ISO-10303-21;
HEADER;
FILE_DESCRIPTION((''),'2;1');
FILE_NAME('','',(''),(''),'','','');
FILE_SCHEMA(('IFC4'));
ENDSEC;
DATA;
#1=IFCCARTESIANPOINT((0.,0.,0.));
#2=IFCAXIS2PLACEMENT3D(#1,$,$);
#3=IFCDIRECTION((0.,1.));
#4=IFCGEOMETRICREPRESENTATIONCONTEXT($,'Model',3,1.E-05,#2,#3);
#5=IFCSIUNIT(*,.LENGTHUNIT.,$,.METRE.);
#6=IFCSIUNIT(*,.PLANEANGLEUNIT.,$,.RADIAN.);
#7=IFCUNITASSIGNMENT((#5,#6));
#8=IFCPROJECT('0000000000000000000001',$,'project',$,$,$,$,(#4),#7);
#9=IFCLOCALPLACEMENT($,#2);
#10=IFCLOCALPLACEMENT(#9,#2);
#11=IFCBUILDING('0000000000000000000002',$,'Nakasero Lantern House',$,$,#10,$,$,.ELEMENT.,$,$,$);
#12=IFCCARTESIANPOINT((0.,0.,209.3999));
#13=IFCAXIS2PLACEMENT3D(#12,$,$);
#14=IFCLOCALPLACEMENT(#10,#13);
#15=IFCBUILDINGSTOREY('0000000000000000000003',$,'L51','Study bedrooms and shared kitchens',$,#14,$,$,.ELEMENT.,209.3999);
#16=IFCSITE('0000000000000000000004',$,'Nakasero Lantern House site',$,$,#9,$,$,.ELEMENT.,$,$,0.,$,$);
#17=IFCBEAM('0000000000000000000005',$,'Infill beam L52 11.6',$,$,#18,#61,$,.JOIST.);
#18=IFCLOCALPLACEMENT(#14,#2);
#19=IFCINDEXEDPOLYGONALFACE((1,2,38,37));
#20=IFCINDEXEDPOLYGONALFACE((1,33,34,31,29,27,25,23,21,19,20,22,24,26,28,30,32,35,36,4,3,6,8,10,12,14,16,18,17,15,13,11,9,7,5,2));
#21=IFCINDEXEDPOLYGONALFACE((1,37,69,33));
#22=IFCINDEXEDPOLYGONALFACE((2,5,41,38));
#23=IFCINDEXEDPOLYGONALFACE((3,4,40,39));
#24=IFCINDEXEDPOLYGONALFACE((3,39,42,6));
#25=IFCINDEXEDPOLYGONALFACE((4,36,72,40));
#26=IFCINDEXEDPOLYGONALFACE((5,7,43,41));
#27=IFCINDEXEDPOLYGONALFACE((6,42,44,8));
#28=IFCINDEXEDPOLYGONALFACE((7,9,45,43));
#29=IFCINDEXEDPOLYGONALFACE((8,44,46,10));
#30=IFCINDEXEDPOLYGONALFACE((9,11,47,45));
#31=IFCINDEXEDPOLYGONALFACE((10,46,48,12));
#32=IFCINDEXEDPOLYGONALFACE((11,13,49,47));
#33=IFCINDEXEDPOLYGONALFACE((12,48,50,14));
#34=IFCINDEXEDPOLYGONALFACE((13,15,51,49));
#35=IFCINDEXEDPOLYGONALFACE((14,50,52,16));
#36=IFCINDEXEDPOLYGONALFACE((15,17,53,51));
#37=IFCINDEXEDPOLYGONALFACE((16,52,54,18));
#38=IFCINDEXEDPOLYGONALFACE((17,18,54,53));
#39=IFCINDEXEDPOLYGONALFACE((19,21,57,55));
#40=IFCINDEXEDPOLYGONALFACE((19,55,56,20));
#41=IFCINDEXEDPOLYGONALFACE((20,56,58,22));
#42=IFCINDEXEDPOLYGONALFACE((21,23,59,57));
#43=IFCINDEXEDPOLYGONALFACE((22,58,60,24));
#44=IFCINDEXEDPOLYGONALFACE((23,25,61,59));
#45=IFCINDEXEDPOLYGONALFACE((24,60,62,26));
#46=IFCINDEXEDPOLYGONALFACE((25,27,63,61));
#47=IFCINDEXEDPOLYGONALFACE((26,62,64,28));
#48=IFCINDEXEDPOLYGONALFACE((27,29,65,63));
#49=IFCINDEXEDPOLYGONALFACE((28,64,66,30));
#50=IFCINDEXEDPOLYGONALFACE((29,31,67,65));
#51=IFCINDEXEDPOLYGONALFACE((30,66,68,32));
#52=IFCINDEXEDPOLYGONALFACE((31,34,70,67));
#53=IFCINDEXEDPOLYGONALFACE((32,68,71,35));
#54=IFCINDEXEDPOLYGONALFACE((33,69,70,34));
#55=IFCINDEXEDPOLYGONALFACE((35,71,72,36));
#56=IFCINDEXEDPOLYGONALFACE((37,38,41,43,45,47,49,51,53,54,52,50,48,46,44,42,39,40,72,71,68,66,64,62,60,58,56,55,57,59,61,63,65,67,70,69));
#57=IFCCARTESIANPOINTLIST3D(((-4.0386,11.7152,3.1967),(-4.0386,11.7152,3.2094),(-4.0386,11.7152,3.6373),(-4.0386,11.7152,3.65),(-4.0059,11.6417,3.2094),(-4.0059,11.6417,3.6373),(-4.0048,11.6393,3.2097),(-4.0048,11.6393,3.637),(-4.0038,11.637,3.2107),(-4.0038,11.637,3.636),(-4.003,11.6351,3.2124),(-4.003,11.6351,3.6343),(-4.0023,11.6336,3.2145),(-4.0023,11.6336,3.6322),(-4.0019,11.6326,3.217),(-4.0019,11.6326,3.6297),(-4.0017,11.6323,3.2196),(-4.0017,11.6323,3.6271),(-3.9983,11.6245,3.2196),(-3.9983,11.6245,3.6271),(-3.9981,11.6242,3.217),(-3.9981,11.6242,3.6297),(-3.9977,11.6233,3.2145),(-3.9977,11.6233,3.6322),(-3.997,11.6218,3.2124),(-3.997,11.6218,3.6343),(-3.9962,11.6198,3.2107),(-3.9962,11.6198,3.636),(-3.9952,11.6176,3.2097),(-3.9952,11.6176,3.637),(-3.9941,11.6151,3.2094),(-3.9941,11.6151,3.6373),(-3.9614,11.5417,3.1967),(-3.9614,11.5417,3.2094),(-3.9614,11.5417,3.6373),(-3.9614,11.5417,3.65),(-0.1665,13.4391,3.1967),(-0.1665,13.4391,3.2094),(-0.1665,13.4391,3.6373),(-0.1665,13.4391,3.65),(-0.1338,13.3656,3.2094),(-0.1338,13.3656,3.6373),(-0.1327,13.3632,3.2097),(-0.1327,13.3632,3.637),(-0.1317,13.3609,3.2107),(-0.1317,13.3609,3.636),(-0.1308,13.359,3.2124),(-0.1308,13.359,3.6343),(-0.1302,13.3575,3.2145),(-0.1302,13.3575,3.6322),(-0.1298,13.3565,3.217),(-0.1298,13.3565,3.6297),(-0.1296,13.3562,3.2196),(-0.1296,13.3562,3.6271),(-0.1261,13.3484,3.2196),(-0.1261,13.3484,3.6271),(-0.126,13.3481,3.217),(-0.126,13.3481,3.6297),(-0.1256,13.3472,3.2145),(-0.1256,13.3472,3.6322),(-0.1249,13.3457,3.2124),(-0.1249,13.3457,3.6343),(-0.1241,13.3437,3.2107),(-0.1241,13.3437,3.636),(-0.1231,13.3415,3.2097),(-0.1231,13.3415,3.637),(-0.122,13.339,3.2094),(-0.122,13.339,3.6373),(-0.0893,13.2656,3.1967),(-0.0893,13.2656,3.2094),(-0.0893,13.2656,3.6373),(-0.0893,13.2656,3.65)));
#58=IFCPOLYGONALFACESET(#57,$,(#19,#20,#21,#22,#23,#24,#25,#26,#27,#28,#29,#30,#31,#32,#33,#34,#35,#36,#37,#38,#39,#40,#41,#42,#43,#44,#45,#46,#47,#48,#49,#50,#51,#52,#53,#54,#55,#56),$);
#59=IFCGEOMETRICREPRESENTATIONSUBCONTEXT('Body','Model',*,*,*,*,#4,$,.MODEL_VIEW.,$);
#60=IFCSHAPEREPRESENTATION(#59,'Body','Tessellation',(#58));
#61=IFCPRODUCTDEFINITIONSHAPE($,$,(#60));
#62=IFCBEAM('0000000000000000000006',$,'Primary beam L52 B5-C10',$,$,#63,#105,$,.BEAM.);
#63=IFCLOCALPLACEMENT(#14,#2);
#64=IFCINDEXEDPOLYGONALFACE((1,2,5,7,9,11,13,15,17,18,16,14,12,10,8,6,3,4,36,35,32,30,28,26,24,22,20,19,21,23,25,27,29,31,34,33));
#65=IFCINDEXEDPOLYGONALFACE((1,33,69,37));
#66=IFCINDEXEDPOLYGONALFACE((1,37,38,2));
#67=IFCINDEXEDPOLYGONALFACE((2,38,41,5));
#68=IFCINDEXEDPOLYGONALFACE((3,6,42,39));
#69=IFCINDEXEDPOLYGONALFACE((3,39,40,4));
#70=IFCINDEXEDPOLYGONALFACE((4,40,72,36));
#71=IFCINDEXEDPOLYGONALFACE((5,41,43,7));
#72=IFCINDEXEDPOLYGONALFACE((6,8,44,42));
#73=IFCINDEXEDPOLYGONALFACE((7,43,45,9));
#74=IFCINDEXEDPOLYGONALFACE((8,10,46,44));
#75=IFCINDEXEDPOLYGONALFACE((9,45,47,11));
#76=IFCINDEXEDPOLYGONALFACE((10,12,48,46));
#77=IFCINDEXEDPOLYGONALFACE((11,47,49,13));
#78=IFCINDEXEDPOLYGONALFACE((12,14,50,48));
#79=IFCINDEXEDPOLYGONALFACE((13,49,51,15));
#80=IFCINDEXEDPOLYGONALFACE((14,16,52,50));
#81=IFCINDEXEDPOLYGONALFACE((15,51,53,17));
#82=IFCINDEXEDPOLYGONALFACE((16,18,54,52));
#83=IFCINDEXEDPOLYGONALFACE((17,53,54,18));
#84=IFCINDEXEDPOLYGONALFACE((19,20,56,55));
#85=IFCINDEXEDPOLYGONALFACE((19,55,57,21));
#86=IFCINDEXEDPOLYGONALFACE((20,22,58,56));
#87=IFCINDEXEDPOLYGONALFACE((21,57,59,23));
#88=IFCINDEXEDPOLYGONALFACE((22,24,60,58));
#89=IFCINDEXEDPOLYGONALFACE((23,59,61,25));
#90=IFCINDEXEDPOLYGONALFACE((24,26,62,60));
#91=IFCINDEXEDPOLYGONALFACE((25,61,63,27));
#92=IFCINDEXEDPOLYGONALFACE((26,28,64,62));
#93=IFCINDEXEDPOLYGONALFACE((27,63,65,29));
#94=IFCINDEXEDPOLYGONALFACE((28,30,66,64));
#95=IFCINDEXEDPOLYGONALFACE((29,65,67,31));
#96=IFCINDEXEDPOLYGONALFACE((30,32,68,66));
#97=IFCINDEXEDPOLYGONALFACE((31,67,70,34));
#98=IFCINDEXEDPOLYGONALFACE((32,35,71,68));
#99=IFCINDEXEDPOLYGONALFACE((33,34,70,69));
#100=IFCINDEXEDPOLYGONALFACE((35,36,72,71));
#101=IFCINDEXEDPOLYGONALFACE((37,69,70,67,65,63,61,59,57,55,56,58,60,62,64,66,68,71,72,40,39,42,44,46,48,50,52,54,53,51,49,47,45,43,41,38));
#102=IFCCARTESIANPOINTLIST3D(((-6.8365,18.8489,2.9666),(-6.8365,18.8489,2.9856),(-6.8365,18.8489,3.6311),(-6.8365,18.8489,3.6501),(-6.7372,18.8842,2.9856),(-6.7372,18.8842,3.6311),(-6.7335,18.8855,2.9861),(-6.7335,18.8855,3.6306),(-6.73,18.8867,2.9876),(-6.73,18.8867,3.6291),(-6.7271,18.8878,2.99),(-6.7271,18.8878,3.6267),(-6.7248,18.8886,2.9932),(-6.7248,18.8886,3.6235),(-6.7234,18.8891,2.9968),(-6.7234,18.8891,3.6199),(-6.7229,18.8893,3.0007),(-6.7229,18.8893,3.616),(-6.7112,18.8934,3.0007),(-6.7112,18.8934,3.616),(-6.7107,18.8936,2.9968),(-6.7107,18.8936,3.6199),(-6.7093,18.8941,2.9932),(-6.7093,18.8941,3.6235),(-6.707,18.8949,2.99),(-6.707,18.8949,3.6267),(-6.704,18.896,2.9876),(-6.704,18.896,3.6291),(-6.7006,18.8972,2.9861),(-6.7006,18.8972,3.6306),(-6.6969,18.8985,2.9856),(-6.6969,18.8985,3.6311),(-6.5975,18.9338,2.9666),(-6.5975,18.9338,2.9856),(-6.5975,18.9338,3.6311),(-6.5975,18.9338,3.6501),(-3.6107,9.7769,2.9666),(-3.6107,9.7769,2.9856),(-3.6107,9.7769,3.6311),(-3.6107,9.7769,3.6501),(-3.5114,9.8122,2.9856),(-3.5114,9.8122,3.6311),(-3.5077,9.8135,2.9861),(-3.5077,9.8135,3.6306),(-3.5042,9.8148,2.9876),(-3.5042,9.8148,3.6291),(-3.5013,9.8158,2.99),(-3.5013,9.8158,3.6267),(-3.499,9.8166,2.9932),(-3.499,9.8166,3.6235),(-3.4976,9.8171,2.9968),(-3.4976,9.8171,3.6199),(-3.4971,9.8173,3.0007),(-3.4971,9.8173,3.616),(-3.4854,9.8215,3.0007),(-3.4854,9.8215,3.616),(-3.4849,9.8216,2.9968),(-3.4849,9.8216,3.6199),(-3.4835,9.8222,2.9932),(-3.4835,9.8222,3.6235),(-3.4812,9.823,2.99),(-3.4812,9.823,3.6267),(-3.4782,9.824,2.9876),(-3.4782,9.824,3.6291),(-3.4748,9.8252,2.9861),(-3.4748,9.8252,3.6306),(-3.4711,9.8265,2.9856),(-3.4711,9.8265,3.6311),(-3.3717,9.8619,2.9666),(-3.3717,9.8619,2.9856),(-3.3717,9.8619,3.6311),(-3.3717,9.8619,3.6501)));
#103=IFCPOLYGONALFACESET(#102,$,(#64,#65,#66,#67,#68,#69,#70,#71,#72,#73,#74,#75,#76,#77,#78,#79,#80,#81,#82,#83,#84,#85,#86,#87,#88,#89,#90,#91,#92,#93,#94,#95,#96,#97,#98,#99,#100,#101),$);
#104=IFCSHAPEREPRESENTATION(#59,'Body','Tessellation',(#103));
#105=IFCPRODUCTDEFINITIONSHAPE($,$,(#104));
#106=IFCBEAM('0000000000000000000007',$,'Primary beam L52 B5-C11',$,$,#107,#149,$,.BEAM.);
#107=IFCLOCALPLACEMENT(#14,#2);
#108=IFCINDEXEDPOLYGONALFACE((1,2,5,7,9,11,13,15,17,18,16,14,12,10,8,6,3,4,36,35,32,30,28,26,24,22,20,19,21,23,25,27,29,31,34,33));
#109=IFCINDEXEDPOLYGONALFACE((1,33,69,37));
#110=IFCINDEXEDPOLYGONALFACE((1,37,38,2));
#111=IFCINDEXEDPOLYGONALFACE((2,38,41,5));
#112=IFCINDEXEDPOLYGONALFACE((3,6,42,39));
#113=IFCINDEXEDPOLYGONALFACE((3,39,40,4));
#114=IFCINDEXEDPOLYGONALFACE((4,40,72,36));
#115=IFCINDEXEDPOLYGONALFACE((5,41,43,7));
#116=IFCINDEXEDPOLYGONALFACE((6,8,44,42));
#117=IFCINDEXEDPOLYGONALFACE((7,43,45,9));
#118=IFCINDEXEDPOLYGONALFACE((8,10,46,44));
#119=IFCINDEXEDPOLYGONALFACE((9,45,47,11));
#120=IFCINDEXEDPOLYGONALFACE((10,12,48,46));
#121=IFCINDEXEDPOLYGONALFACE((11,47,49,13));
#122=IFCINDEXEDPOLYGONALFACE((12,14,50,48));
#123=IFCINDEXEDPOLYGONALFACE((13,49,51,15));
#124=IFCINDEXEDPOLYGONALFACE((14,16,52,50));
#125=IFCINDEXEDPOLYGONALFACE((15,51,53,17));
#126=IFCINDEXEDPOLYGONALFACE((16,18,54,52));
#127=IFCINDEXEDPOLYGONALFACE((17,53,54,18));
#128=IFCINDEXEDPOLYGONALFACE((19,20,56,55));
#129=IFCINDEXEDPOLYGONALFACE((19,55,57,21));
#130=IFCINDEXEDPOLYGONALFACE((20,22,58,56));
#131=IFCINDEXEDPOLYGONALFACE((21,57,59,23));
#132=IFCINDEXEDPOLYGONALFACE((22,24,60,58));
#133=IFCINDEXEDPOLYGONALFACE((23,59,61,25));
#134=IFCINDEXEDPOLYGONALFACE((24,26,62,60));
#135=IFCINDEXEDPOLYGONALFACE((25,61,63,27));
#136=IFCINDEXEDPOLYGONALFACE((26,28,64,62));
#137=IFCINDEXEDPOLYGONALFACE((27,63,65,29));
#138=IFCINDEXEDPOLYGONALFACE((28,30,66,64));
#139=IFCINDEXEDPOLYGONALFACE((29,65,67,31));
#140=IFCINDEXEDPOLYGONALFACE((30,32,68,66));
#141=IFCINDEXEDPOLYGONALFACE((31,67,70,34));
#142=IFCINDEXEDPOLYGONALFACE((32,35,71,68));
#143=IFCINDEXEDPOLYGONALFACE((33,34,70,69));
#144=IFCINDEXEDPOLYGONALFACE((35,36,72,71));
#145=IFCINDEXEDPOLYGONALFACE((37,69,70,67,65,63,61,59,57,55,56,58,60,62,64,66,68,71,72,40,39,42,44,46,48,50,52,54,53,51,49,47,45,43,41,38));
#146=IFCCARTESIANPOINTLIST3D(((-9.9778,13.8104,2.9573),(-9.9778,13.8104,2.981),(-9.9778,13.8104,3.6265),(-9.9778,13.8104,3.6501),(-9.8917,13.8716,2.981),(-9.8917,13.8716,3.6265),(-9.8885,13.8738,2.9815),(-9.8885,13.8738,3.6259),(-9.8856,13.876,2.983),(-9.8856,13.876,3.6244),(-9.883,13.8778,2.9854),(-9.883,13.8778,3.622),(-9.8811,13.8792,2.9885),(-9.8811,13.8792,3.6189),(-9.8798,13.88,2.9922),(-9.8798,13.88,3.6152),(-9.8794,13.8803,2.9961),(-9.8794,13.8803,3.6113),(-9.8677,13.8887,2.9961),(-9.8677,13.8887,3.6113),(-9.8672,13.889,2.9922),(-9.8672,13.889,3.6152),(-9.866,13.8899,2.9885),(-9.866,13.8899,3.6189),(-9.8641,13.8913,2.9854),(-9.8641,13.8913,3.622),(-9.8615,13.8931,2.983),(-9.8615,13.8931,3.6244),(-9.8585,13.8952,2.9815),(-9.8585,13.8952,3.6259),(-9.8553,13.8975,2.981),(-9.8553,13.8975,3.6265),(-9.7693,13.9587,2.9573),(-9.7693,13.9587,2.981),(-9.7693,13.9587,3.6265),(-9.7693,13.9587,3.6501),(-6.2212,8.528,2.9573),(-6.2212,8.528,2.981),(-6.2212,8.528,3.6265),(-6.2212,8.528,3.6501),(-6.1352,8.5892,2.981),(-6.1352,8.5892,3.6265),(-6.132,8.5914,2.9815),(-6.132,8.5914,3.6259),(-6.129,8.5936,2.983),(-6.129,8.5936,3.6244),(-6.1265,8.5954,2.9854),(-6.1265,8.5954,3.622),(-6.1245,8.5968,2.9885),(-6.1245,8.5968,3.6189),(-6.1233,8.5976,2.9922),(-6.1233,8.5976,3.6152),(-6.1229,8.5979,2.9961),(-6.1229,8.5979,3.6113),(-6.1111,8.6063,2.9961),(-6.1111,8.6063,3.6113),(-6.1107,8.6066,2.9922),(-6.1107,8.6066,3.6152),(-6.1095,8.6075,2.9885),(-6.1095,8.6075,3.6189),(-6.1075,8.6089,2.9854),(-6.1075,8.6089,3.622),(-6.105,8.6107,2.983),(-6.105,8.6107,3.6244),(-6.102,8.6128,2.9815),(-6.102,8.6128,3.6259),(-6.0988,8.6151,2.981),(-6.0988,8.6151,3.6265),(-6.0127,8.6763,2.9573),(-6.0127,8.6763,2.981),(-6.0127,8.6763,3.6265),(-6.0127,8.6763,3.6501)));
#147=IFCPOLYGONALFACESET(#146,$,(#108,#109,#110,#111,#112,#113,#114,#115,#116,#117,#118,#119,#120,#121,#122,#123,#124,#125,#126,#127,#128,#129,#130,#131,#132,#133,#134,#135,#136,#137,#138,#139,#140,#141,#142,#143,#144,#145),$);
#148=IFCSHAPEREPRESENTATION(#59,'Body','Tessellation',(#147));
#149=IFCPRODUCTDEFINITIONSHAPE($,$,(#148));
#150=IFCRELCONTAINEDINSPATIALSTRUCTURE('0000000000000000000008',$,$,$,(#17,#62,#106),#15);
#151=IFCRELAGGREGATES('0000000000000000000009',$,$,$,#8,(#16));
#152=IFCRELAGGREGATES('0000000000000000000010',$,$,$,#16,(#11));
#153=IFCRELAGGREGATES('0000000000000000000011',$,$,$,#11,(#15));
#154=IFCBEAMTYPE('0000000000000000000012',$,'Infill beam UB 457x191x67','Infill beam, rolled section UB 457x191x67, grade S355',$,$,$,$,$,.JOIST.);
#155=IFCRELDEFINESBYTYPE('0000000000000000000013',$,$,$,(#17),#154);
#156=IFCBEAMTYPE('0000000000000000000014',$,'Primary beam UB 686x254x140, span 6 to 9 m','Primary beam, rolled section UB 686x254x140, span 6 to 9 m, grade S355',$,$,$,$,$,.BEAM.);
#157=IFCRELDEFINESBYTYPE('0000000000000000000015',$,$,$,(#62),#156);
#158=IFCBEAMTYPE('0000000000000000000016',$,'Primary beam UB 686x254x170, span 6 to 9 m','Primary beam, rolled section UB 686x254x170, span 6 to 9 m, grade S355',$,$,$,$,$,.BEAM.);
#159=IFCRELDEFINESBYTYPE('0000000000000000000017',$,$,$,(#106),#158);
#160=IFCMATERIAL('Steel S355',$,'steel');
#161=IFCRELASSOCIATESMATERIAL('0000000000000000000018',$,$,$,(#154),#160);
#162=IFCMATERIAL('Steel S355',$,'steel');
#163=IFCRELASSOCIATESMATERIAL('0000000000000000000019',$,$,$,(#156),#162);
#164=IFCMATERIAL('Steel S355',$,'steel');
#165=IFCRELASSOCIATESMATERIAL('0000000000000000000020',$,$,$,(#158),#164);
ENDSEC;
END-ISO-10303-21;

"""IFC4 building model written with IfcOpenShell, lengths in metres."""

from ifc_helpers import new_model, si_unit, direction, frame, origin, origin_2d, place, context, subcontext, project, spatial, i_section, extrude, material, material_profile, profile_set, type_object, element, save


model = new_model("IFC4")

# Units and contexts
model_context = context("Model", 3, precision=1e-05, world=origin(), true_north=direction((0.0, 1.0)))
body_context = subcontext(model_context, "Body", "Model", "MODEL_VIEW")
ifc_project = project(units=[si_unit("LENGTHUNIT", "METRE"), si_unit("PLANEANGLEUNIT", "RADIAN")], contexts=[model_context])

# Site, building, storey
site_placement = place(None, origin())
site = spatial("IfcSite", under=ifc_project, at=site_placement, Name="Nakasero Lantern House site", CompositionType="ELEMENT", RefElevation=0.0)
building_placement = place(site_placement, origin())
building = spatial("IfcBuilding", under=site, at=building_placement, Name="Nakasero Lantern House", CompositionType="ELEMENT")
storey_placement = place(building_placement, frame((0.0, 0.0, 209.3999)))
storey = spatial("IfcBuildingStorey", under=building, at=storey_placement, Name="L51", Description="Study bedrooms and shared kitchens", CompositionType="ELEMENT", Elevation=209.3999)

# Beams
ifc_material_1 = material(Name="Steel S355", Category="steel")
ifc_material_profile_1 = material_profile(ifc_material_1, i_section(OverallWidth=0.1899, OverallDepth=0.4534, WebThickness=0.0085, FlangeThickness=0.0127, FilletRadius=0.0103, at=origin_2d()), Name="UB 457x191x67")
ifc_profile_set_1 = profile_set([ifc_material_profile_1], Name="Steel S355")
beam_type_1 = type_object("IfcBeamType", Name="Infill beam UB 457x191x67", Description="Infill beam, rolled section UB 457x191x67, grade S355", PredefinedType="JOIST", material=ifc_profile_set_1)
beam_1_placement = place(storey_placement, frame((-4.0, 11.6284, 3.4233), z_axis=(0.913552, 0.406721, 0.0), x_axis=(-0.406721, 0.913552, 0.0)))
element("IfcBeam", 1, at=beam_1_placement, inside=storey, type_object=beam_type_1, Name="Infill beam L52 11.6", PredefinedType="JOIST", context=body_context, shape_type="SweptSolid", body=[
    extrude(i_section(OverallWidth=0.1899, OverallDepth=0.4534, WebThickness=0.0085, FlangeThickness=0.0127, FilletRadius=0.0103, at=origin_2d()), origin(), (0.0, 0.0, 1.0), 4.2385),
])
ifc_material_2 = material(Name="Steel S355", Category="steel")
ifc_material_profile_2 = material_profile(ifc_material_2, i_section(OverallWidth=0.2537, OverallDepth=0.6836, WebThickness=0.0125, FlangeThickness=0.019, FilletRadius=0.0151, at=origin_2d()), Name="UB 686x254x140")
ifc_profile_set_2 = profile_set([ifc_material_profile_2], Name="Steel S355")
beam_type_2 = type_object("IfcBeamType", Name="Primary beam UB 686x254x140, span 6 to 9 m", Description="Primary beam, rolled section UB 686x254x140, span 6 to 9 m, grade S355", PredefinedType="BEAM", material=ifc_profile_set_2)
beam_2_placement = place(storey_placement, frame((-6.717, 18.8914, 3.3083), z_axis=(0.33503, -0.942207, 0.0), x_axis=(0.942207, 0.33503, 0.0)))
element("IfcBeam", 2, at=beam_2_placement, inside=storey, type_object=beam_type_2, Name="Primary beam L52 B5-C10", PredefinedType="BEAM", context=body_context, shape_type="SweptSolid", body=[
    extrude(i_section(OverallWidth=0.2537, OverallDepth=0.6836, WebThickness=0.0125, FlangeThickness=0.019, FilletRadius=0.0151, at=origin_2d()), origin(), (0.0, 0.0, 1.0), 9.6284),
])
ifc_material_3 = material(Name="Steel S355", Category="steel")
ifc_material_profile_3 = material_profile(ifc_material_3, i_section(OverallWidth=0.2559, OverallDepth=0.6929, WebThickness=0.0144, FlangeThickness=0.0237, FilletRadius=0.0151, at=origin_2d()), Name="UB 686x254x170")
ifc_profile_set_3 = profile_set([ifc_material_profile_3], Name="Steel S355")
beam_type_3 = type_object("IfcBeamType", Name="Primary beam UB 686x254x170, span 6 to 9 m", Description="Primary beam, rolled section UB 686x254x170, span 6 to 9 m, grade S355", PredefinedType="BEAM", material=ifc_profile_set_3)
beam_3_placement = place(storey_placement, frame((-9.8735, 13.8845, 3.3037), z_axis=(0.579541, -0.814943, 0.0), x_axis=(0.814943, 0.579541, 0.0)))
element("IfcBeam", 3, at=beam_3_placement, inside=storey, type_object=beam_type_3, Name="Primary beam L52 B5-C11", PredefinedType="BEAM", context=body_context, shape_type="SweptSolid", body=[
    extrude(i_section(OverallWidth=0.2559, OverallDepth=0.6929, WebThickness=0.0144, FlangeThickness=0.0237, FilletRadius=0.0151, at=origin_2d()), origin(), (0.0, 0.0, 1.0), 6.4819),
])

save(model, "model.ifc")
